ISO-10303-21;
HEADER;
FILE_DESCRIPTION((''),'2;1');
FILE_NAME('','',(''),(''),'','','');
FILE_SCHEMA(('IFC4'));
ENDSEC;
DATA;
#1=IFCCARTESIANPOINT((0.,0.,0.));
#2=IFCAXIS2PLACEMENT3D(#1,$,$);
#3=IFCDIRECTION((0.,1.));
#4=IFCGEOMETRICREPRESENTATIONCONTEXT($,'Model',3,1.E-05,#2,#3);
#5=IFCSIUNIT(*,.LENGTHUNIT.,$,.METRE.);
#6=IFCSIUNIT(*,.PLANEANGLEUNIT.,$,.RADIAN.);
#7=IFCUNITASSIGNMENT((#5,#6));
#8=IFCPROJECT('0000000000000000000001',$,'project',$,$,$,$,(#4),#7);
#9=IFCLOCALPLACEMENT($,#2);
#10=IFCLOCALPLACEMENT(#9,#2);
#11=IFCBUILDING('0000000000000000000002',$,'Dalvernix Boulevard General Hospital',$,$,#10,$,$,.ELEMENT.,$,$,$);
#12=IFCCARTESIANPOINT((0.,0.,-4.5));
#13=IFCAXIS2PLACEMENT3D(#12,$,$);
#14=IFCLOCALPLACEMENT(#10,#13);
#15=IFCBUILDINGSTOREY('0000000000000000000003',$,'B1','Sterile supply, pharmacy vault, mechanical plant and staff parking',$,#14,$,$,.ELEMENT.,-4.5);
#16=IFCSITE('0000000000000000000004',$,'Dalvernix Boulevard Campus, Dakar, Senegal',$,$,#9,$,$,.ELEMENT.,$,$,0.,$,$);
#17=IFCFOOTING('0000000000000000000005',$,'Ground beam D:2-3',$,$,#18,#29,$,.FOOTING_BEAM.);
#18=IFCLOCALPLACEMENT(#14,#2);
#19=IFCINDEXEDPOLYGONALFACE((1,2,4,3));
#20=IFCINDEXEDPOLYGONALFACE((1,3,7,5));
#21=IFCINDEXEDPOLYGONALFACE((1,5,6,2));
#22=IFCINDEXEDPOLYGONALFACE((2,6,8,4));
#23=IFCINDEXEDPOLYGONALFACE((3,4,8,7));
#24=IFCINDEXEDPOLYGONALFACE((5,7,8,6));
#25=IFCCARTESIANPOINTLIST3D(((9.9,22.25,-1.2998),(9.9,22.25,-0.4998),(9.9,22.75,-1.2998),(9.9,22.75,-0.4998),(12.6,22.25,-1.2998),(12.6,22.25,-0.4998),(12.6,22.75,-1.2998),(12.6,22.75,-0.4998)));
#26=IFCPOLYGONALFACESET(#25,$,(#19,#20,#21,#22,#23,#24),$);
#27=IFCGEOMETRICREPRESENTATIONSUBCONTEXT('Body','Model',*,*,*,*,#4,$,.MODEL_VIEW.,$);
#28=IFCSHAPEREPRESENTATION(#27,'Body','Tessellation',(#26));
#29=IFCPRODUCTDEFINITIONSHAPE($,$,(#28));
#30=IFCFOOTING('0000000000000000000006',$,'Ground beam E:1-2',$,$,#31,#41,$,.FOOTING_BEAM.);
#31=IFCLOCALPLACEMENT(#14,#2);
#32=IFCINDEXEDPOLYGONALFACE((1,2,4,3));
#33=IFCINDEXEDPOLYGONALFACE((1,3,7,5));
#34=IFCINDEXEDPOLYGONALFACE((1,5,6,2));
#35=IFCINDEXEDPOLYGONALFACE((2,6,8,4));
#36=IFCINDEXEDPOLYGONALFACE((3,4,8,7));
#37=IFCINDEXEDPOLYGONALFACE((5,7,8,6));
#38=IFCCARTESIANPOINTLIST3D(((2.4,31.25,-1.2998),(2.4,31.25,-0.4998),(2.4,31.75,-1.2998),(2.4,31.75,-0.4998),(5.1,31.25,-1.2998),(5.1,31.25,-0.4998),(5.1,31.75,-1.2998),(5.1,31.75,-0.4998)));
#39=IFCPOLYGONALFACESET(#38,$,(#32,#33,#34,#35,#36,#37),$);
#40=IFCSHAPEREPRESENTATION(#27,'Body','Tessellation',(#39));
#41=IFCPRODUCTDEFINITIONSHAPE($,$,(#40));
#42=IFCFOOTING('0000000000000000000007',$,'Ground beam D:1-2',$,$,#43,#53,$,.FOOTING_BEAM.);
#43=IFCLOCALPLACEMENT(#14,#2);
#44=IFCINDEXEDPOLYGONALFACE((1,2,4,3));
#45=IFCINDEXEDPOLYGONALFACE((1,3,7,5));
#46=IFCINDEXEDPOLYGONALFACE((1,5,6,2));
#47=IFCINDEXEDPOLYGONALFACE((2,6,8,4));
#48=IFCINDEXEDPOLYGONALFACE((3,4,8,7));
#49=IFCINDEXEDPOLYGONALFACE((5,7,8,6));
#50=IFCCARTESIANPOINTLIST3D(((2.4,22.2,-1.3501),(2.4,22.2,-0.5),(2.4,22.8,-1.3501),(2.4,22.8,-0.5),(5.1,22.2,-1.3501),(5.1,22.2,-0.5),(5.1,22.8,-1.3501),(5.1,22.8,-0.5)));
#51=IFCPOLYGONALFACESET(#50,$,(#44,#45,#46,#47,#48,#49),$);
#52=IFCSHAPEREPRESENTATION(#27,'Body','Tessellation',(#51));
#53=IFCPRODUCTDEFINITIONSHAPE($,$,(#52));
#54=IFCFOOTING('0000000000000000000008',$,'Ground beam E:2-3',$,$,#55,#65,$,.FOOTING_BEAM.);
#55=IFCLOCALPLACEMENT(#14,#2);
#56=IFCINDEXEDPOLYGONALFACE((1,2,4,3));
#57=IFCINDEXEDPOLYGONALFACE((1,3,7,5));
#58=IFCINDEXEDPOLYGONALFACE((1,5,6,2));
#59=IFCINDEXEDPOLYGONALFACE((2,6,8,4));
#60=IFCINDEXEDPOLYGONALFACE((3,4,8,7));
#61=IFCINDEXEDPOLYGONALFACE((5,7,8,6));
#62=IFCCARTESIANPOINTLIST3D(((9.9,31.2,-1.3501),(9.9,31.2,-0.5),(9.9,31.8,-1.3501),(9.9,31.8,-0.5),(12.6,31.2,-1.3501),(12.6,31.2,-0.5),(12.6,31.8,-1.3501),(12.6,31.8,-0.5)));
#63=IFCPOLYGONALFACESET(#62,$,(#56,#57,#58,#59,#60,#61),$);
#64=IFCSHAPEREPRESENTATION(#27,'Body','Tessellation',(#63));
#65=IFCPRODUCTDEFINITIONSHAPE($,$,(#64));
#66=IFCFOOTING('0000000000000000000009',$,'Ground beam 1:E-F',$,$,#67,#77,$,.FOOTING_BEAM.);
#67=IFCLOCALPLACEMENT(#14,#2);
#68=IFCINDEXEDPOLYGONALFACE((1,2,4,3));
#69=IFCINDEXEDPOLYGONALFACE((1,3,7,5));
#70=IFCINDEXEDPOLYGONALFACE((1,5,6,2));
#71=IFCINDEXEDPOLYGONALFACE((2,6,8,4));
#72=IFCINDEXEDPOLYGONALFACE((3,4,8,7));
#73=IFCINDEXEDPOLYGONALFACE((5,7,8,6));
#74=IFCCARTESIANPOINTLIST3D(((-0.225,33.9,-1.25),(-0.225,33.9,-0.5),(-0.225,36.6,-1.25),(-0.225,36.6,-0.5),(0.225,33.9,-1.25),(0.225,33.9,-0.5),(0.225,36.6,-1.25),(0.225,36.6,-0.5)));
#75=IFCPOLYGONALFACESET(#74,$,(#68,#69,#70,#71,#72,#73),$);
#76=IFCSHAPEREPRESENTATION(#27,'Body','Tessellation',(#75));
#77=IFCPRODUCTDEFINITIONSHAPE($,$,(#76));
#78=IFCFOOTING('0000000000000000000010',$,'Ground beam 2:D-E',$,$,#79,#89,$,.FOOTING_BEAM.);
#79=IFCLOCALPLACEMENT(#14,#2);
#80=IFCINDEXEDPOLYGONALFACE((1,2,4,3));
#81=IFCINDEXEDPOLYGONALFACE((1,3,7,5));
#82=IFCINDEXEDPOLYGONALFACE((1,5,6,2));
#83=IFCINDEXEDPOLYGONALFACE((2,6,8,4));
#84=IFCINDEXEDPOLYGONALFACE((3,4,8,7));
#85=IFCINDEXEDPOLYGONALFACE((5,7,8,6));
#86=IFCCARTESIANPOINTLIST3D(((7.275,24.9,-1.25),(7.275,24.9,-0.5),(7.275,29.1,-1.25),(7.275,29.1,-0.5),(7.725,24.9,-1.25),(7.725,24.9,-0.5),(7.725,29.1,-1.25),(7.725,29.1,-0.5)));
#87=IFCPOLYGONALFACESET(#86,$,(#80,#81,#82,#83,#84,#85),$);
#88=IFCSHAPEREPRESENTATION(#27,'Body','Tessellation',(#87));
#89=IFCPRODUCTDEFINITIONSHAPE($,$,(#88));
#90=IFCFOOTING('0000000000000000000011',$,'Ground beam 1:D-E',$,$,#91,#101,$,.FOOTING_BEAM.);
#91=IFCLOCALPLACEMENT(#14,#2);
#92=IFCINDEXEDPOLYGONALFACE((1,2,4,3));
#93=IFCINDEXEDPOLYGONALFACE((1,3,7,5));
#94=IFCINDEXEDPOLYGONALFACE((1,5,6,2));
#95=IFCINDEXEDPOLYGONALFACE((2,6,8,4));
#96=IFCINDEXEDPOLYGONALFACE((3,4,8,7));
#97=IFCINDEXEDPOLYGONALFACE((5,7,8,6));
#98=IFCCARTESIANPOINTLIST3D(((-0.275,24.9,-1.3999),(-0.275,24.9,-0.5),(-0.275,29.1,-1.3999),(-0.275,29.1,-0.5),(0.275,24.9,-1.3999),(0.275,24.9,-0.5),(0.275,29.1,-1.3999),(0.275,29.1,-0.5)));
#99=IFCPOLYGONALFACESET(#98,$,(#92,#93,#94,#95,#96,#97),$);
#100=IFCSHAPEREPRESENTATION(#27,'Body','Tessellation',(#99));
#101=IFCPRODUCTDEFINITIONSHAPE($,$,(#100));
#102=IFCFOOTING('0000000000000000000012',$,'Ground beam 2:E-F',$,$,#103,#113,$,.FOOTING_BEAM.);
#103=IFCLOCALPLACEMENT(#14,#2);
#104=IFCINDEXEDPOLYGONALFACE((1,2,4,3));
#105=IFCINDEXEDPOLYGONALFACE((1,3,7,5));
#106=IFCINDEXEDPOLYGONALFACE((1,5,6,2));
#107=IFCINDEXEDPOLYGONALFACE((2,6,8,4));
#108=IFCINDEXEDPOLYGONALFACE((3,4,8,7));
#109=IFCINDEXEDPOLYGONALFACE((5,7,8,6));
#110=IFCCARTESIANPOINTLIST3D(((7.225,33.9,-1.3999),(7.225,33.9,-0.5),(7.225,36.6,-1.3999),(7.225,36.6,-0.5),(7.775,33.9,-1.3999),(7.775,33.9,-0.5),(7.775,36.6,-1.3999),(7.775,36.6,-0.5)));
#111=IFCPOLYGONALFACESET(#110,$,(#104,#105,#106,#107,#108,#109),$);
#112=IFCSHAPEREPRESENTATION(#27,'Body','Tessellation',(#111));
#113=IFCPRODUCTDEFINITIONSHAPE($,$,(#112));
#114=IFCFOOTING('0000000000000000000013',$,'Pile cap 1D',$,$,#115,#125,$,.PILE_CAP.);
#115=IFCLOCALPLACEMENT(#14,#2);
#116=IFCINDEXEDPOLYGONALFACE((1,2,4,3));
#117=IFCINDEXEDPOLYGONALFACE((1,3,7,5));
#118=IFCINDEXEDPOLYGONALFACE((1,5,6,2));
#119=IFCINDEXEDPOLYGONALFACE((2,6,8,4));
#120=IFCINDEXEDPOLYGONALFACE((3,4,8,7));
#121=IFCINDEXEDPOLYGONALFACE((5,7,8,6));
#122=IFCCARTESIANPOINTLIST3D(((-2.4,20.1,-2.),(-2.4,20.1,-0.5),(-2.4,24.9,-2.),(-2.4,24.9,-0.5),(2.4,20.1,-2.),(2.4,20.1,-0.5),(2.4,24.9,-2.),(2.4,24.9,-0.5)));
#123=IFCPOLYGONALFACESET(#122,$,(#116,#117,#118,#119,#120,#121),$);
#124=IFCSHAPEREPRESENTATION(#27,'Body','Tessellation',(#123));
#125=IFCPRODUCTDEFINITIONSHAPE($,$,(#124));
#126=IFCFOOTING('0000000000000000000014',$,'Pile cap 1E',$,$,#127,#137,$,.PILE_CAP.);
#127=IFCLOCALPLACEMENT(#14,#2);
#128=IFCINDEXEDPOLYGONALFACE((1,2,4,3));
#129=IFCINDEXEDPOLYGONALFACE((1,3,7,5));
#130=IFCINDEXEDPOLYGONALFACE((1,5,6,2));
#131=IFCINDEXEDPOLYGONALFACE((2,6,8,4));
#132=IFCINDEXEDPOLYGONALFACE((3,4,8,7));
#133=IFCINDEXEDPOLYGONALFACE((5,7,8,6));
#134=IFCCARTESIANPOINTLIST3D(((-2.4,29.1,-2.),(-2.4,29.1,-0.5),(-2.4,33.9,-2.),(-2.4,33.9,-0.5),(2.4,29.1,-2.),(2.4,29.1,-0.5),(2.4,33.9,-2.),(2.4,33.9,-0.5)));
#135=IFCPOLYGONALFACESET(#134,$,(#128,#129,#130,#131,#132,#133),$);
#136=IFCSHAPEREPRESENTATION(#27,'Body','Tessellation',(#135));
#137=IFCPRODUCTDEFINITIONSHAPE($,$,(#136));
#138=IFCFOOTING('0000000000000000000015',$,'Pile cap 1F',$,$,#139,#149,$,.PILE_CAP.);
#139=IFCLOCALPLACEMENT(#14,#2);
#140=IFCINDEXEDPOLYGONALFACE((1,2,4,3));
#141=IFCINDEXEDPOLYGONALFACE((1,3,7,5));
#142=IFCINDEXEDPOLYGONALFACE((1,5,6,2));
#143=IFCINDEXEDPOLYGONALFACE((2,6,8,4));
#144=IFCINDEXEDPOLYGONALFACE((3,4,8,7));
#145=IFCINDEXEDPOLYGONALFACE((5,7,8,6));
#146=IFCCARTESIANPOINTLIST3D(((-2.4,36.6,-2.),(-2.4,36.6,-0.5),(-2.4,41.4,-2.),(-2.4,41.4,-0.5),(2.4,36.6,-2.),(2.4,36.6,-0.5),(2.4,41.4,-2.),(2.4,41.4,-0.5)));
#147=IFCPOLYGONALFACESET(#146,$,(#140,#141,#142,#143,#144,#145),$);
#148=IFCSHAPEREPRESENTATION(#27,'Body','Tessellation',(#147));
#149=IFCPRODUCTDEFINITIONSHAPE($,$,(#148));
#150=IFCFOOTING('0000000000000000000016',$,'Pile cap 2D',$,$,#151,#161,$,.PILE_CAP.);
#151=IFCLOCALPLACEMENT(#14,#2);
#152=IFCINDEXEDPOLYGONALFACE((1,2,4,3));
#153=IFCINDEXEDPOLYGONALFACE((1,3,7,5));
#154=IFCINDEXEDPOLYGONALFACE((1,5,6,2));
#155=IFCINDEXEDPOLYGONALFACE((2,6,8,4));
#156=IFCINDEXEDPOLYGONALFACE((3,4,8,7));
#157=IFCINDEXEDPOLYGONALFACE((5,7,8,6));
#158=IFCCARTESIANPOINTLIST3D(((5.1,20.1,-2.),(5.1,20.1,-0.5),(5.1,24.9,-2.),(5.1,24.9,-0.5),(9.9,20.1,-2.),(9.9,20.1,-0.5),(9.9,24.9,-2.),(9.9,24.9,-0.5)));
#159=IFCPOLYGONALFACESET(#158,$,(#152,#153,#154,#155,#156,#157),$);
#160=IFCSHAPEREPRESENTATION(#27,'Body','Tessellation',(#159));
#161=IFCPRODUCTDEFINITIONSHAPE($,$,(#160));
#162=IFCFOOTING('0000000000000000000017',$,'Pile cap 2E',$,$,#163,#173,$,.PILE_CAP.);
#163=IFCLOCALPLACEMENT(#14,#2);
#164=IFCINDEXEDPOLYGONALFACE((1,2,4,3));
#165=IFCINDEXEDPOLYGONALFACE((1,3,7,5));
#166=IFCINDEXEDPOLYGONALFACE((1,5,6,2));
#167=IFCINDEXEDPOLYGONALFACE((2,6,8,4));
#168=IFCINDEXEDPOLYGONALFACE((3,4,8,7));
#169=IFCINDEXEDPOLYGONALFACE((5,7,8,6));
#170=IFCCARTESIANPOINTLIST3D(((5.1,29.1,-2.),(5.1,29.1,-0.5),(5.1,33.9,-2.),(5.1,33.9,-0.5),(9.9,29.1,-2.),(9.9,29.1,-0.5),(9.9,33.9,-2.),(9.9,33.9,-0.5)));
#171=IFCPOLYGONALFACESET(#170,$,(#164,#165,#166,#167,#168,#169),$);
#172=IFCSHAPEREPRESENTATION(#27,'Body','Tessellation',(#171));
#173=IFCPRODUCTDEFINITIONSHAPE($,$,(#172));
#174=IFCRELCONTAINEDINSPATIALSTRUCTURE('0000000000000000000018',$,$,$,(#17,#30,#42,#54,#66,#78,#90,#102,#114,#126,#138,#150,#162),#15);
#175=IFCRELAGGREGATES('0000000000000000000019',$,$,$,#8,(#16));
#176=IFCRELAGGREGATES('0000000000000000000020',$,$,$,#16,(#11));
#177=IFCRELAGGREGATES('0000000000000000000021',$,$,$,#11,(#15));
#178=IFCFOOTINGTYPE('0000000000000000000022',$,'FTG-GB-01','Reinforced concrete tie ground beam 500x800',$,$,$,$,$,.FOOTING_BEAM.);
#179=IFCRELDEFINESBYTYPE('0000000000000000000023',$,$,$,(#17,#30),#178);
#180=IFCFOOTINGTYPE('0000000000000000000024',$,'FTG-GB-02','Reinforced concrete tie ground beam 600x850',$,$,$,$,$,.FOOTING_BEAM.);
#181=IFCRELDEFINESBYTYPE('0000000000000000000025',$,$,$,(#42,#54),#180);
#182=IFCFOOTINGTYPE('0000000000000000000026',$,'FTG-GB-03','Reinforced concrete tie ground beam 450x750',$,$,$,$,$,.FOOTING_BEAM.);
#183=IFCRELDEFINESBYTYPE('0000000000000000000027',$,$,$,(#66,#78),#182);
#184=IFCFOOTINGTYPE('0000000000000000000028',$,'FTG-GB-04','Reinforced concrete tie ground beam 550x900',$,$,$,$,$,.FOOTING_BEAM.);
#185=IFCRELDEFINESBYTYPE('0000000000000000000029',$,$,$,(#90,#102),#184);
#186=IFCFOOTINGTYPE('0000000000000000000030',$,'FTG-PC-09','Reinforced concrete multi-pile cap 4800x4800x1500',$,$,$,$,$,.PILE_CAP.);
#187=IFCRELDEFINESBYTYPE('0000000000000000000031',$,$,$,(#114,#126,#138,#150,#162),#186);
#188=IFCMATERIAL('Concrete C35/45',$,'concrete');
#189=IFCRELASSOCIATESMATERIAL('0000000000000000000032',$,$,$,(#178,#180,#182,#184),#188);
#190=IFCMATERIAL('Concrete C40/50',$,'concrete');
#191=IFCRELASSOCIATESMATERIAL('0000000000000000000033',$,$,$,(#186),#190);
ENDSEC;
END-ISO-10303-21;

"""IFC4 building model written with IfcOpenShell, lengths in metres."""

from ifc_helpers import new_model, si_unit, direction, frame, origin, origin_2d, place, context, subcontext, project, spatial, rectangle, extrude, material, type_object, element, save


model = new_model("IFC4")

# Units and contexts
model_context = context("Model", 3, precision=1e-05, world=origin(), true_north=direction((0.0, 1.0)))
body_context = subcontext(model_context, "Body", "Model", "MODEL_VIEW")
ifc_project = project(units=[si_unit("LENGTHUNIT", "METRE"), si_unit("PLANEANGLEUNIT", "RADIAN")], contexts=[model_context])

# Site, building, storey
site_placement = place(None, origin())
site = spatial("IfcSite", under=ifc_project, at=site_placement, Name="Dalvernix Boulevard Campus, Dakar, Senegal", CompositionType="ELEMENT", RefElevation=0.0)
building_placement = place(site_placement, origin())
building = spatial("IfcBuilding", under=site, at=building_placement, Name="Dalvernix Boulevard General Hospital", CompositionType="ELEMENT")
storey_placement = place(building_placement, frame((0.0, 0.0, -4.5)))
storey = spatial("IfcBuildingStorey", under=building, at=storey_placement, Name="B1", Description="Sterile supply, pharmacy vault, mechanical plant and staff parking", CompositionType="ELEMENT", Elevation=-4.5)

# Footings
ifc_material_1 = material(Name="Concrete C35/45", Category="concrete")
footing_type_1 = type_object("IfcFootingType", Name="FTG-GB-01", Description="Reinforced concrete tie ground beam 500x800", PredefinedType="FOOTING_BEAM", material=ifc_material_1)
for number, where, z_axis, x_axis, name in (
    (1, (11.25, 22.5, -1.2998), (0.0, 0.0, 1.0), (1.0, 0.0, 0.0), "Ground beam D:2-3"),
    (2, (3.75, 31.5, -1.2998), (0.0, 0.0, 1.0), (1.0, 0.0, 0.0), "Ground beam E:1-2"),
):
    element("IfcFooting", number, at=place(storey_placement, frame(where, z_axis=z_axis, x_axis=x_axis)), inside=storey, type_object=footing_type_1, Name=name, PredefinedType="FOOTING_BEAM", context=body_context, shape_type="SweptSolid", body=[
        extrude(rectangle(XDim=2.7, YDim=0.5, at=origin_2d()), origin(), (0.0, 0.0, 1.0), 0.8),
    ])
footing_type_2 = type_object("IfcFootingType", Name="FTG-GB-02", Description="Reinforced concrete tie ground beam 600x850", PredefinedType="FOOTING_BEAM", material=ifc_material_1)
for number, where, z_axis, x_axis, name in (
    (3, (3.75, 22.5, -1.3501), (0.0, 0.0, 1.0), (1.0, 0.0, 0.0), "Ground beam D:1-2"),
    (4, (11.25, 31.5, -1.3501), (0.0, 0.0, 1.0), (1.0, 0.0, 0.0), "Ground beam E:2-3"),
):
    element("IfcFooting", number, at=place(storey_placement, frame(where, z_axis=z_axis, x_axis=x_axis)), inside=storey, type_object=footing_type_2, Name=name, PredefinedType="FOOTING_BEAM", context=body_context, shape_type="SweptSolid", body=[
        extrude(rectangle(XDim=2.7, YDim=0.6001, at=origin_2d()), origin(), (0.0, 0.0, 1.0), 0.8501),
    ])
footing_type_3 = type_object("IfcFootingType", Name="FTG-GB-03", Description="Reinforced concrete tie ground beam 450x750", PredefinedType="FOOTING_BEAM", material=ifc_material_1)
footing_1_placement = place(storey_placement, frame((0.0, 35.25, -1.25), z_axis=(0.0, 0.0, 1.0), x_axis=(0.0, 1.0, 0.0)))
element("IfcFooting", 5, at=footing_1_placement, inside=storey, type_object=footing_type_3, Name="Ground beam 1:E-F", PredefinedType="FOOTING_BEAM", context=body_context, shape_type="SweptSolid", body=[
    extrude(rectangle(XDim=2.7, YDim=0.45, at=origin_2d()), origin(), (0.0, 0.0, 1.0), 0.75),
])
footing_2_placement = place(storey_placement, frame((7.5, 27.0, -1.25), z_axis=(0.0, 0.0, 1.0), x_axis=(0.0, 1.0, 0.0)))
element("IfcFooting", 6, at=footing_2_placement, inside=storey, type_object=footing_type_3, Name="Ground beam 2:D-E", PredefinedType="FOOTING_BEAM", context=body_context, shape_type="SweptSolid", body=[
    extrude(rectangle(XDim=4.2, YDim=0.45, at=origin_2d()), origin(), (0.0, 0.0, 1.0), 0.75),
])
footing_type_4 = type_object("IfcFootingType", Name="FTG-GB-04", Description="Reinforced concrete tie ground beam 550x900", PredefinedType="FOOTING_BEAM", material=ifc_material_1)
footing_3_placement = place(storey_placement, frame((0.0, 27.0, -1.3999), z_axis=(0.0, 0.0, 1.0), x_axis=(0.0, 1.0, 0.0)))
element("IfcFooting", 7, at=footing_3_placement, inside=storey, type_object=footing_type_4, Name="Ground beam 1:D-E", PredefinedType="FOOTING_BEAM", context=body_context, shape_type="SweptSolid", body=[
    extrude(rectangle(XDim=4.2, YDim=0.55, at=origin_2d()), origin(), (0.0, 0.0, 1.0), 0.8999),
])
footing_4_placement = place(storey_placement, frame((7.5, 35.25, -1.3999), z_axis=(0.0, 0.0, 1.0), x_axis=(0.0, 1.0, 0.0)))
element("IfcFooting", 8, at=footing_4_placement, inside=storey, type_object=footing_type_4, Name="Ground beam 2:E-F", PredefinedType="FOOTING_BEAM", context=body_context, shape_type="SweptSolid", body=[
    extrude(rectangle(XDim=2.7, YDim=0.55, at=origin_2d()), origin(), (0.0, 0.0, 1.0), 0.8999),
])
ifc_material_2 = material(Name="Concrete C40/50", Category="concrete")
footing_type_5 = type_object("IfcFootingType", Name="FTG-PC-09", Description="Reinforced concrete multi-pile cap 4800x4800x1500", PredefinedType="PILE_CAP", material=ifc_material_2)
for number, where, z_axis, x_axis, name in (
    (9, (0.0, 22.5, -2.0), (0.0, 0.0, 1.0), (1.0, 0.0, 0.0), "Pile cap 1D"),
    (10, (0.0, 31.5, -2.0), (0.0, 0.0, 1.0), (1.0, 0.0, 0.0), "Pile cap 1E"),
    (11, (0.0, 39.0, -2.0), (0.0, 0.0, 1.0), (1.0, 0.0, 0.0), "Pile cap 1F"),
    (12, (7.5, 22.5, -2.0), (0.0, 0.0, 1.0), (1.0, 0.0, 0.0), "Pile cap 2D"),
    (13, (7.5, 31.5, -2.0), (0.0, 0.0, 1.0), (1.0, 0.0, 0.0), "Pile cap 2E"),
):
    element("IfcFooting", number, at=place(storey_placement, frame(where, z_axis=z_axis, x_axis=x_axis)), inside=storey, type_object=footing_type_5, Name=name, PredefinedType="PILE_CAP", context=body_context, shape_type="SweptSolid", body=[
        extrude(rectangle(XDim=4.8, YDim=4.8, at=origin_2d()), origin(), (0.0, 0.0, 1.0), 1.5),
    ])

save(model, "model.ifc")
